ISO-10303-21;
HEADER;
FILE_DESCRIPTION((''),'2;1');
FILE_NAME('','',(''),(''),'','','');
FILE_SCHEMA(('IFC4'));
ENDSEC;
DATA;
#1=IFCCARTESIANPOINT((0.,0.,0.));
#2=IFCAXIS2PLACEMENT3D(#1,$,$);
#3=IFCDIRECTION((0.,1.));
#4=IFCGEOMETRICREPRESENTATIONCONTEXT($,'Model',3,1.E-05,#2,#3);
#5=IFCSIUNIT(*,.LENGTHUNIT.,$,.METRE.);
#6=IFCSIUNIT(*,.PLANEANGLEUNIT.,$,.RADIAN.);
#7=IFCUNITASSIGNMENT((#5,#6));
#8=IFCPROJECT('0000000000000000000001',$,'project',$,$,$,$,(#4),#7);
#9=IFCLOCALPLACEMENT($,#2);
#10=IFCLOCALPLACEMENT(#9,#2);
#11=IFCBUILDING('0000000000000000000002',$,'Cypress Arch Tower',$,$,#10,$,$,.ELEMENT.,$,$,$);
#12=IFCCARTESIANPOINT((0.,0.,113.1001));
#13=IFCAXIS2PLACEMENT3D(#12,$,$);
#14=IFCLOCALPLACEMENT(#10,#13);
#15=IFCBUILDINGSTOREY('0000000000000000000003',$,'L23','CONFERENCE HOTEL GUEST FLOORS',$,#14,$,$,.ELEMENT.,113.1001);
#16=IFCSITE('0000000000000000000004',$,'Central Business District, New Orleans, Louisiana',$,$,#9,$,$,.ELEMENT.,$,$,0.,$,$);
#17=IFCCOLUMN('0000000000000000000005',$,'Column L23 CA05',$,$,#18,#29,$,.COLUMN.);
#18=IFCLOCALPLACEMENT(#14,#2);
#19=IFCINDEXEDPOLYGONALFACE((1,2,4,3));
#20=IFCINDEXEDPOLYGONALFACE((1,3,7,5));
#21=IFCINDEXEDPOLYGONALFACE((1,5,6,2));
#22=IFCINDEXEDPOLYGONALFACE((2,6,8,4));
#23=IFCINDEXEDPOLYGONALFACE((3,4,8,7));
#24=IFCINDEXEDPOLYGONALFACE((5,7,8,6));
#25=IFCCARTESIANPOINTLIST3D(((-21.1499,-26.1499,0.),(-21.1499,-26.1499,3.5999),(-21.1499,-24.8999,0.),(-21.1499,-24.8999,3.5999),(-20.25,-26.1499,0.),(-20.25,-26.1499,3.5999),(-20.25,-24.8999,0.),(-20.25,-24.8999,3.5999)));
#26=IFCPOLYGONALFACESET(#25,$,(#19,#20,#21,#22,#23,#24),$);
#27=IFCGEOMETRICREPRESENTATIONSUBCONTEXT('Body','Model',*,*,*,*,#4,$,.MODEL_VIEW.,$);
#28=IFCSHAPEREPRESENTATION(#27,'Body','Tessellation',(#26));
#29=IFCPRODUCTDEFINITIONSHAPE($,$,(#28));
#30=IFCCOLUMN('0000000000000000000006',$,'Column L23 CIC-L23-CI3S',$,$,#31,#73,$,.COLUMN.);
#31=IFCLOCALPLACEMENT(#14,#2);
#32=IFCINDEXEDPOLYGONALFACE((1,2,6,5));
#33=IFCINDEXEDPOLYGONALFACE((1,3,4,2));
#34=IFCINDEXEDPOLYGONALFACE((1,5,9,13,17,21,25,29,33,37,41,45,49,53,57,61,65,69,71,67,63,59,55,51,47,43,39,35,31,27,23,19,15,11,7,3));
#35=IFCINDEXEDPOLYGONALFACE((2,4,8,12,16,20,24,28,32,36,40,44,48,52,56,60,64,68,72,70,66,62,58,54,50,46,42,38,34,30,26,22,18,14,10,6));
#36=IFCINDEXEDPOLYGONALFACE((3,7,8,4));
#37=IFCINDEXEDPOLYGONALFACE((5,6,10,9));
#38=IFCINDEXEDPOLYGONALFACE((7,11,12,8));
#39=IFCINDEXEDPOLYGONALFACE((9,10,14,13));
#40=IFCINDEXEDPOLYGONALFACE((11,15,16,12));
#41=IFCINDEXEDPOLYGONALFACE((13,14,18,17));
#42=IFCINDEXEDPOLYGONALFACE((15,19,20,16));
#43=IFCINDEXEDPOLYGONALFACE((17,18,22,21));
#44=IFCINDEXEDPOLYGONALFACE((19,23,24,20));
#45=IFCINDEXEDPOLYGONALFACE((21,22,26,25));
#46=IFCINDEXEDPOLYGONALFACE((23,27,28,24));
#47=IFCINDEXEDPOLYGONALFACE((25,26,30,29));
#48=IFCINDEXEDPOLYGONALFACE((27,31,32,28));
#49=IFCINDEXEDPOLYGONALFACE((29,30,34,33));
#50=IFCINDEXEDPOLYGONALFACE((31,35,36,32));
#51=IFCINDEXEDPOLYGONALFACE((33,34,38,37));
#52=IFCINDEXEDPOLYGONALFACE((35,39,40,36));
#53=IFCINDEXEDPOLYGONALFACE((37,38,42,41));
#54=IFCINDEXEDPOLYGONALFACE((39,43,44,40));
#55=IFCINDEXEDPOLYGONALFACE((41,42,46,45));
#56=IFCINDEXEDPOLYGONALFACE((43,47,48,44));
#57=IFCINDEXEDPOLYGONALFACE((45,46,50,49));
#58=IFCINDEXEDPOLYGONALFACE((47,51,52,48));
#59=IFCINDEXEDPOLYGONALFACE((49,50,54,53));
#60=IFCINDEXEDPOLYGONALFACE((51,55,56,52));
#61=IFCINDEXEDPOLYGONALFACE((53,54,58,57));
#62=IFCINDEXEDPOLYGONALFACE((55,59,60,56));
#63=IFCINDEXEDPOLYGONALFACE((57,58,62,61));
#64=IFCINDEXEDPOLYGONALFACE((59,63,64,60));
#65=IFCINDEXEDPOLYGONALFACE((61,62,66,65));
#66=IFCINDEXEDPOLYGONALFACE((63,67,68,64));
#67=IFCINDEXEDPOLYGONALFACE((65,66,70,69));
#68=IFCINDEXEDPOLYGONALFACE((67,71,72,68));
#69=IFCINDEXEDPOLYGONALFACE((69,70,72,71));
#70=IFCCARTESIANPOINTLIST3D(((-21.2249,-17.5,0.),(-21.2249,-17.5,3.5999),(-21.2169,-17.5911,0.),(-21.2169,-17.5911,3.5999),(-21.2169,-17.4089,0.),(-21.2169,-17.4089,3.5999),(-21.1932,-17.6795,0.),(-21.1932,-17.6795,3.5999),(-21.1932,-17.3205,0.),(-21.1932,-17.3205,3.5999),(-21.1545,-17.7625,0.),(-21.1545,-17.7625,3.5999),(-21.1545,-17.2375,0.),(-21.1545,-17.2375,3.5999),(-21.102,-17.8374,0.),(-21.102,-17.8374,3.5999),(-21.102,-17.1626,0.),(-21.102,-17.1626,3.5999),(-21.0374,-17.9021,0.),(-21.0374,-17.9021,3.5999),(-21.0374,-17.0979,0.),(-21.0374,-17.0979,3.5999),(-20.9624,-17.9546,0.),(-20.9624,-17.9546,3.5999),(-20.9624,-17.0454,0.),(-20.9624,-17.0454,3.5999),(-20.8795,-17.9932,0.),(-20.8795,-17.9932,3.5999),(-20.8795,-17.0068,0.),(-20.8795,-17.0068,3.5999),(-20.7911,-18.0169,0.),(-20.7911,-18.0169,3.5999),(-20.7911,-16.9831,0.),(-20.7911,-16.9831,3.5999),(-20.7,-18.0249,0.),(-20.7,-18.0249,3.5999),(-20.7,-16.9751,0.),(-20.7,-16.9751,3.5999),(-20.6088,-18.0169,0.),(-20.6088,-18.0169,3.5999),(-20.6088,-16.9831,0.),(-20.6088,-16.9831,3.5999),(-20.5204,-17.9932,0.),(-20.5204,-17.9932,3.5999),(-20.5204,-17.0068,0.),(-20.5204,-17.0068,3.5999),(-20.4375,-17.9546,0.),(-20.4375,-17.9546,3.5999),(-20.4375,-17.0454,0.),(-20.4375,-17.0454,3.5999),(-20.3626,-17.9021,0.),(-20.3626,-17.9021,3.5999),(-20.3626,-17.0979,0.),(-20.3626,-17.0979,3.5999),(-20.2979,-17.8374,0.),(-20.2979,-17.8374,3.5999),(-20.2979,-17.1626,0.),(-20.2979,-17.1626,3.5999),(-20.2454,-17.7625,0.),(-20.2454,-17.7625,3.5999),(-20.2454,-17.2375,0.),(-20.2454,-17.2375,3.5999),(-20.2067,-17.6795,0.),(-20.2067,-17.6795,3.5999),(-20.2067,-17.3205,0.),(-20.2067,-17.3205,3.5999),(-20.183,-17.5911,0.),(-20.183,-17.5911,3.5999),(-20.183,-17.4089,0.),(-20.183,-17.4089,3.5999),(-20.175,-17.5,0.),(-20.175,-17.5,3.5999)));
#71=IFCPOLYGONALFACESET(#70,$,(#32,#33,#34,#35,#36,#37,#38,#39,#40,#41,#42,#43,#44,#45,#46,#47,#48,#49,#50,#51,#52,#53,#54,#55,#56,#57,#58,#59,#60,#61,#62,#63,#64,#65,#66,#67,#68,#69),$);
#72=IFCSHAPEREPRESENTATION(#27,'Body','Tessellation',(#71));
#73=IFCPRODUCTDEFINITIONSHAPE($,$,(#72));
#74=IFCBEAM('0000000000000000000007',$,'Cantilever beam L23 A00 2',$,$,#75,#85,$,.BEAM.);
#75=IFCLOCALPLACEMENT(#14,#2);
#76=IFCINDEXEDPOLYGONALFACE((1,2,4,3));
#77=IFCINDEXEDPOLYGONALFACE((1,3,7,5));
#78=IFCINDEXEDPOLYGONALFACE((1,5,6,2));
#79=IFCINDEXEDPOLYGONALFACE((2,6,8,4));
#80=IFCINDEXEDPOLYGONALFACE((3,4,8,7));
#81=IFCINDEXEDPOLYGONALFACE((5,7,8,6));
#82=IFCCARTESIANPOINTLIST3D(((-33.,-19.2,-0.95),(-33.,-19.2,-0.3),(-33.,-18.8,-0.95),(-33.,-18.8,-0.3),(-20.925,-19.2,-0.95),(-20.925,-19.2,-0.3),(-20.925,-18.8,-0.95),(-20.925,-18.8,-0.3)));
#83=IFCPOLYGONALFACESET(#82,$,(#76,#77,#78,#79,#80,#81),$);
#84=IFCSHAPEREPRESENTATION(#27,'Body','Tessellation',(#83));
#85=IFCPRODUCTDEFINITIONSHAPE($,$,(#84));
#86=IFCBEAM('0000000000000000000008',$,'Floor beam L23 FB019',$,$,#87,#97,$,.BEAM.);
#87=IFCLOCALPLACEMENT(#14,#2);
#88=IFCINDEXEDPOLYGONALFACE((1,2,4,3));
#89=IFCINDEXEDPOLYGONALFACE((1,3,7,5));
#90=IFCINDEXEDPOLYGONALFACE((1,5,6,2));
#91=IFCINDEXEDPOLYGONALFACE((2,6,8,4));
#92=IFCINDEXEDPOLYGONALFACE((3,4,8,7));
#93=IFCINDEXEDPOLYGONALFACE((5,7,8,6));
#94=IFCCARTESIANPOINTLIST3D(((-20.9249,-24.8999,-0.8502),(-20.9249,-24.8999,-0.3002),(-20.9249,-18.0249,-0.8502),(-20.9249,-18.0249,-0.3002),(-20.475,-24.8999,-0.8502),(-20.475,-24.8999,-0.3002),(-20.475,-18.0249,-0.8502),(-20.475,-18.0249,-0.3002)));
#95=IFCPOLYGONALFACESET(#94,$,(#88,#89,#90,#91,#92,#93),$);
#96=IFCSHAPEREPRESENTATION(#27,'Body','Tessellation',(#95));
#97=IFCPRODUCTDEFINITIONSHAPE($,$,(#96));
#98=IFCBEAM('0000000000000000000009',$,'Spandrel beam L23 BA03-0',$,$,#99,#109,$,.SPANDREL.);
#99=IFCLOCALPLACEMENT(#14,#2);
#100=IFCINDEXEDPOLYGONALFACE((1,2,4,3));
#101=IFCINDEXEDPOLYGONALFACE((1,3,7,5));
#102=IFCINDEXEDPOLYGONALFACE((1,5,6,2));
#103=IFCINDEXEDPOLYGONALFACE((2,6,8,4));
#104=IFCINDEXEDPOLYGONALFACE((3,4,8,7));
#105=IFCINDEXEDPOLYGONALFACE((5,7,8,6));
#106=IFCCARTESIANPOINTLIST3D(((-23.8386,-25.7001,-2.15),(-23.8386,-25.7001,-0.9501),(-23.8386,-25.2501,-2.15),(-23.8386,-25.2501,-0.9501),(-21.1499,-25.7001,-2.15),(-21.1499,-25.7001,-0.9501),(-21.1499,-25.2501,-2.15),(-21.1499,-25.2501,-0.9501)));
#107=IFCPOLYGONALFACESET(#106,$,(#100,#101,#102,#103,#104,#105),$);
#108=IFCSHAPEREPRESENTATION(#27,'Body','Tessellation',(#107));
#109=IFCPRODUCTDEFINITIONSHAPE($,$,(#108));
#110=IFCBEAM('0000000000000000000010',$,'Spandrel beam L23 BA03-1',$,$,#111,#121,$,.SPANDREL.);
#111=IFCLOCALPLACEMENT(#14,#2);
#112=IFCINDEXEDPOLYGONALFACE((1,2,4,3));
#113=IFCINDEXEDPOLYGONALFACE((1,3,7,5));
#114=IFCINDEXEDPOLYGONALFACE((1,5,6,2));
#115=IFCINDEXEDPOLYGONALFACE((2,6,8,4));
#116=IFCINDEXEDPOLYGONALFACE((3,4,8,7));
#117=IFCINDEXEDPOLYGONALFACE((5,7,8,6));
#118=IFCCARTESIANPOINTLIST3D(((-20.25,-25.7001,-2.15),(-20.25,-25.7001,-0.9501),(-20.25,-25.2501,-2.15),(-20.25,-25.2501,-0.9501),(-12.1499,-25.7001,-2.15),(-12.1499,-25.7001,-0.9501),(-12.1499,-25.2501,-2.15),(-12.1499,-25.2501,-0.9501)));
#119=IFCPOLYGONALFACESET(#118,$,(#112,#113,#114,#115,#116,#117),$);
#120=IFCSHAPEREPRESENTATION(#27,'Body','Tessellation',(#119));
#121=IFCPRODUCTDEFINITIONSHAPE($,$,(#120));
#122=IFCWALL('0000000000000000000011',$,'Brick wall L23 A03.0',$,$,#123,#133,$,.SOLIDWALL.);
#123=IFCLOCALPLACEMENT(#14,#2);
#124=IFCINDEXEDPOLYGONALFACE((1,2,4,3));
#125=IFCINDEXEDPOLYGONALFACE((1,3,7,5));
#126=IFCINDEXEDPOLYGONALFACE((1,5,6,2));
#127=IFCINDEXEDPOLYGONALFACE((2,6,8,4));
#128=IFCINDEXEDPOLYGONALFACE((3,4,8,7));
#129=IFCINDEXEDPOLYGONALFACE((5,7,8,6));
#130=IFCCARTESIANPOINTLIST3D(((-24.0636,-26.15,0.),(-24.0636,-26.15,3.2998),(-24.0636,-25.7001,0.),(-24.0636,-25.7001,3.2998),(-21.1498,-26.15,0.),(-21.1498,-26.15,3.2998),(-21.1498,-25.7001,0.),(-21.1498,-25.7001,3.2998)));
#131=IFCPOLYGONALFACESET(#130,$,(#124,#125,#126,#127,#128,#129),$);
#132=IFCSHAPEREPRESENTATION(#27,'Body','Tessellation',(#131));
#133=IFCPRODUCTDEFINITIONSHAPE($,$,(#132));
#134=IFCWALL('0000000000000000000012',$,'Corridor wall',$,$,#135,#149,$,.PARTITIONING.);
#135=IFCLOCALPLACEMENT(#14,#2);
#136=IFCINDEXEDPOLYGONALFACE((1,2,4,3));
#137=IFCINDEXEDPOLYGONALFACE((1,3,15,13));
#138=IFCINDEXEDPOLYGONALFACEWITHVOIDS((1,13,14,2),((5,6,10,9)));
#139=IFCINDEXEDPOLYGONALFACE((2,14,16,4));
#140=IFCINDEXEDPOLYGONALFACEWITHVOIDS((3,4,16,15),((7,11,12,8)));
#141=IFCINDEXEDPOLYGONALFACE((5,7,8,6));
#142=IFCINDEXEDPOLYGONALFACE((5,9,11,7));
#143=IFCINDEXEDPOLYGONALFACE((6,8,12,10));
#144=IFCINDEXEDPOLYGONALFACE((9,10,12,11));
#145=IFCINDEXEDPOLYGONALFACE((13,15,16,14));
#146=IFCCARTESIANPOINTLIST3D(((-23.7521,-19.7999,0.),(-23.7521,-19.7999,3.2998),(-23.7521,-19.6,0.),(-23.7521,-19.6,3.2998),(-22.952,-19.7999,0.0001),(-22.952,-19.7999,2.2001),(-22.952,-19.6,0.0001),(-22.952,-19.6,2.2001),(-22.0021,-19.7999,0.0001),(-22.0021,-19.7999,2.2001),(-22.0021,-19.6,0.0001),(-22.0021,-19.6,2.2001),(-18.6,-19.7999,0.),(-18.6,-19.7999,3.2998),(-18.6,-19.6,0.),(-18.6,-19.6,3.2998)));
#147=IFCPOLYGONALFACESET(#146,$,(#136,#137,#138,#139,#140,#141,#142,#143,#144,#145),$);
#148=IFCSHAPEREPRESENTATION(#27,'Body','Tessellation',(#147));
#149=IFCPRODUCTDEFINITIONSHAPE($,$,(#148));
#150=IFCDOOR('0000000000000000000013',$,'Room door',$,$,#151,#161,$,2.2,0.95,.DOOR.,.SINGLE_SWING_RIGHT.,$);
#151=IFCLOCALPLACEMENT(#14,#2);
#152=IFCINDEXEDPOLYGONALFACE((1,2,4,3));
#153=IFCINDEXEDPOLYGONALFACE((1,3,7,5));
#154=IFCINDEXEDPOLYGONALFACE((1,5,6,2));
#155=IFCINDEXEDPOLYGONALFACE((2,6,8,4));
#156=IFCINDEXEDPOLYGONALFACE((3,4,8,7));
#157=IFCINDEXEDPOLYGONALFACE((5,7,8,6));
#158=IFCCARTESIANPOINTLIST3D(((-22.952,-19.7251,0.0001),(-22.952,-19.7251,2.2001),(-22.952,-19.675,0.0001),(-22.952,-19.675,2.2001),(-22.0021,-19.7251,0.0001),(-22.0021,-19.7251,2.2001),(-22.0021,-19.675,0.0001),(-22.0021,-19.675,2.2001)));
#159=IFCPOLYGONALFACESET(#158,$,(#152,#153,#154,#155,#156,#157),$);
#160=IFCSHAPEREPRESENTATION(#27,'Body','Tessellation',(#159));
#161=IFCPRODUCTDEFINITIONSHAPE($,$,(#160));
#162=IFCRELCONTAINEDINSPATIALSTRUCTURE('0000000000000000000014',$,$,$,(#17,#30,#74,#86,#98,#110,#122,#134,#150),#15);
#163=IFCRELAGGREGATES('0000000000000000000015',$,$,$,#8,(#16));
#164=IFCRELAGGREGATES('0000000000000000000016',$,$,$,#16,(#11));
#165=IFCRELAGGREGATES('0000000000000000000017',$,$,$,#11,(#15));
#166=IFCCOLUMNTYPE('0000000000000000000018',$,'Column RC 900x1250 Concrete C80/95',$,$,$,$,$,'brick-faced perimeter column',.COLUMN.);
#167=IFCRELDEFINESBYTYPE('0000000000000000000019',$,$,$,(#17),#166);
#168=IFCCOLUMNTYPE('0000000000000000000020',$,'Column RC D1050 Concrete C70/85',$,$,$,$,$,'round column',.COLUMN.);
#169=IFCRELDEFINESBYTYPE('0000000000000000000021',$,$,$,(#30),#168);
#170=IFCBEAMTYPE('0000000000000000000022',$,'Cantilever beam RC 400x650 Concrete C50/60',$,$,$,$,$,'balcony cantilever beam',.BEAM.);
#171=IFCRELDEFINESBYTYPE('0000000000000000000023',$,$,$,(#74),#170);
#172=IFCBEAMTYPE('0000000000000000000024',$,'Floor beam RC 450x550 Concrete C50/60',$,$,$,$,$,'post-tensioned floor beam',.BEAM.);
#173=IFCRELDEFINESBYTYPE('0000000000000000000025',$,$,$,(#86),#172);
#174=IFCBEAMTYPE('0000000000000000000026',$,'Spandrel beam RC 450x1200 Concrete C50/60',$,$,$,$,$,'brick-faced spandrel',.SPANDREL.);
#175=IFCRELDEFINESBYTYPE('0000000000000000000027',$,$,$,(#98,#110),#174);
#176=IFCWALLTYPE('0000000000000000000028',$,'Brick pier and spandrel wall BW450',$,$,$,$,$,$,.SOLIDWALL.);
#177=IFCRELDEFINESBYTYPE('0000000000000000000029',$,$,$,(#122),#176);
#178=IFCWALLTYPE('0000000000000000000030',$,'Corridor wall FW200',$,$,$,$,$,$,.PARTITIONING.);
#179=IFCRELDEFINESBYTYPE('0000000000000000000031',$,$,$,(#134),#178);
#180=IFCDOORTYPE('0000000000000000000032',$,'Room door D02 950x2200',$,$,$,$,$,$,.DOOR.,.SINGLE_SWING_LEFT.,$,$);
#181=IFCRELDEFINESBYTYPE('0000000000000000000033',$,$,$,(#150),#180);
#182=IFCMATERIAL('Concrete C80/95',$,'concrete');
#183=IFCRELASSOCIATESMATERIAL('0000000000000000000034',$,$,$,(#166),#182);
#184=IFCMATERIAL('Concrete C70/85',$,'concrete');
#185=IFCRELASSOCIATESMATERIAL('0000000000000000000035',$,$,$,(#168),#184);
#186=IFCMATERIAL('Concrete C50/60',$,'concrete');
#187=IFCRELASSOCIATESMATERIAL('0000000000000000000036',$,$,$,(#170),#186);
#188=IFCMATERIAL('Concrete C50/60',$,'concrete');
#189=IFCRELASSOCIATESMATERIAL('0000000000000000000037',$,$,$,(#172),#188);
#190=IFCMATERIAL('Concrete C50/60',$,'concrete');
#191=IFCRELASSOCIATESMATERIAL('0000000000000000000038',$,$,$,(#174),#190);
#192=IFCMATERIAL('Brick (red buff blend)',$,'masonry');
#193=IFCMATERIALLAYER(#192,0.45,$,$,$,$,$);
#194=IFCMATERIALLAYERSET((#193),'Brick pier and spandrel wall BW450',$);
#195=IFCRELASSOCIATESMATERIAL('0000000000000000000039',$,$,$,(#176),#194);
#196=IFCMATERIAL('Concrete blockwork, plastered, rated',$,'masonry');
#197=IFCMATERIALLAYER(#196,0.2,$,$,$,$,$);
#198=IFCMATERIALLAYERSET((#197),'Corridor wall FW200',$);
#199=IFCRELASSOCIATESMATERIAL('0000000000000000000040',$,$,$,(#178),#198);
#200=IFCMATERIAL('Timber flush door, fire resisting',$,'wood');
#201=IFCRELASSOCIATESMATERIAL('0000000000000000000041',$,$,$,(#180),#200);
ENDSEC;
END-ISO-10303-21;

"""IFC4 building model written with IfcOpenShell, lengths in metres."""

from ifc_helpers import new_model, si_unit, direction, frame, frame_2d, origin, origin_2d, place, context, subcontext, project, spatial, rectangle, circle, extrude, material, layer, layer_set, material_profile, profile_set, type_object, element, fill, save


model = new_model("IFC4")

# Units and contexts
model_context = context("Model", 3, precision=1e-05, world=origin(), true_north=direction((0.0, 1.0)))
body_context = subcontext(model_context, "Body", "Model", "MODEL_VIEW")
ifc_project = project(units=[si_unit("LENGTHUNIT", "METRE"), si_unit("PLANEANGLEUNIT", "RADIAN")], contexts=[model_context])

# Site, building, storey
site_placement = place(None, origin())
site = spatial("IfcSite", under=ifc_project, at=site_placement, Name="Central Business District, New Orleans, Louisiana", CompositionType="ELEMENT", RefElevation=0.0)
building_placement = place(site_placement, origin())
building = spatial("IfcBuilding", under=site, at=building_placement, Name="Cypress Arch Tower", CompositionType="ELEMENT")
storey_placement = place(building_placement, frame((0.0, 0.0, 113.1001)))
storey = spatial("IfcBuildingStorey", under=building, at=storey_placement, Name="L23", Description="CONFERENCE HOTEL GUEST FLOORS", CompositionType="ELEMENT", Elevation=113.1001)

# Columns
ifc_material_1 = material(Name="Concrete C80/95", Category="concrete")
ifc_material_profile_1 = material_profile(ifc_material_1, rectangle(XDim=0.8999, YDim=1.25, at=origin_2d()), Name="RC 900x1250")
ifc_profile_set_1 = profile_set([ifc_material_profile_1], Name="Concrete C80/95")
column_type_1 = type_object("IfcColumnType", Name="Column RC 900x1250 Concrete C80/95", ElementType="brick-faced perimeter column", PredefinedType="COLUMN", material=ifc_profile_set_1)
column_1_placement = place(storey_placement, frame((-20.7, -25.5249, 0.0), z_axis=(0.0, 0.0, 1.0), x_axis=(1.0, 0.0, 0.0)))
element("IfcColumn", 1, at=column_1_placement, inside=storey, type_object=column_type_1, Name="Column L23 CA05", PredefinedType="COLUMN", context=body_context, shape_type="SweptSolid", body=[
    extrude(rectangle(XDim=0.8999, YDim=1.25, at=origin_2d()), origin(), (0.0, 0.0, 1.0), 3.5999),
])
ifc_material_2 = material(Name="Concrete C70/85", Category="concrete")
ifc_material_profile_2 = material_profile(ifc_material_2, circle(Radius=0.5249, at=origin_2d()), Name="RC D1050")
ifc_profile_set_2 = profile_set([ifc_material_profile_2], Name="Concrete C70/85")
column_type_2 = type_object("IfcColumnType", Name="Column RC D1050 Concrete C70/85", ElementType="round column", PredefinedType="COLUMN", material=ifc_profile_set_2)
column_2_placement = place(storey_placement, frame((-20.7, -17.5, 0.0), z_axis=(0.0, 0.0, 1.0), x_axis=(1.0, 0.0, 0.0)))
element("IfcColumn", 2, at=column_2_placement, inside=storey, type_object=column_type_2, Name="Column L23 CIC-L23-CI3S", PredefinedType="COLUMN", context=body_context, shape_type="SweptSolid", body=[
    extrude(circle(Radius=0.5249, at=origin_2d()), origin(), (0.0, 0.0, 1.0), 3.5999),
])

# Beams
ifc_material_3 = material(Name="Concrete C50/60", Category="concrete")
ifc_material_profile_3 = material_profile(ifc_material_3, rectangle(XDim=0.3999, YDim=0.6499, at=origin_2d()), Name="RC 400x650")
ifc_profile_set_3 = profile_set([ifc_material_profile_3], Name="Concrete C50/60")
beam_type_1 = type_object("IfcBeamType", Name="Cantilever beam RC 400x650 Concrete C50/60", ElementType="balcony cantilever beam", PredefinedType="BEAM", material=ifc_profile_set_3)
beam_1_placement = place(storey_placement, frame((-20.925, -19.0, -0.625), z_axis=(-1.0, 0.0, 0.0), x_axis=(0.0, -1.0, 0.0)))
element("IfcBeam", 3, at=beam_1_placement, inside=storey, type_object=beam_type_1, Name="Cantilever beam L23 A00 2", PredefinedType="BEAM", context=body_context, shape_type="SweptSolid", body=[
    extrude(rectangle(XDim=0.3999, YDim=0.6499, at=origin_2d()), origin(), (0.0, 0.0, 1.0), 12.075),
])
ifc_material_4 = material(Name="Concrete C50/60", Category="concrete")
ifc_material_profile_4 = material_profile(ifc_material_4, rectangle(XDim=0.45, YDim=0.55, at=origin_2d()), Name="RC 450x550")
ifc_profile_set_4 = profile_set([ifc_material_profile_4], Name="Concrete C50/60")
beam_type_2 = type_object("IfcBeamType", Name="Floor beam RC 450x550 Concrete C50/60", ElementType="post-tensioned floor beam", PredefinedType="BEAM", material=ifc_profile_set_4)
beam_2_placement = place(storey_placement, frame((-20.7, -24.8999, -0.5752), z_axis=(0.0, 1.0, 0.0), x_axis=(-1.0, 0.0, 0.0)))
element("IfcBeam", 4, at=beam_2_placement, inside=storey, type_object=beam_type_2, Name="Floor beam L23 FB019", PredefinedType="BEAM", context=body_context, shape_type="SweptSolid", body=[
    extrude(rectangle(XDim=0.45, YDim=0.55, at=origin_2d()), origin(), (0.0, 0.0, 1.0), 6.875),
])
ifc_material_5 = material(Name="Concrete C50/60", Category="concrete")
ifc_material_profile_5 = material_profile(ifc_material_5, rectangle(XDim=0.45, YDim=1.2, at=origin_2d()), Name="RC 450x1200")
ifc_profile_set_5 = profile_set([ifc_material_profile_5], Name="Concrete C50/60")
beam_type_3 = type_object("IfcBeamType", Name="Spandrel beam RC 450x1200 Concrete C50/60", ElementType="brick-faced spandrel", PredefinedType="SPANDREL", material=ifc_profile_set_5)
beam_3_placement = place(storey_placement, frame((-23.8386, -25.4751, -1.55), z_axis=(1.0, 0.0, 0.0), x_axis=(0.0, 1.0, 0.0)))
element("IfcBeam", 5, at=beam_3_placement, inside=storey, type_object=beam_type_3, Name="Spandrel beam L23 BA03-0", PredefinedType="SPANDREL", context=body_context, shape_type="SweptSolid", body=[
    extrude(rectangle(XDim=0.45, YDim=1.2, at=origin_2d()), origin(), (0.0, 0.0, 1.0), 2.6887),
])
beam_4_placement = place(storey_placement, frame((-20.25, -25.4751, -1.55), z_axis=(1.0, 0.0, 0.0), x_axis=(0.0, 1.0, 0.0)))
element("IfcBeam", 6, at=beam_4_placement, inside=storey, type_object=beam_type_3, Name="Spandrel beam L23 BA03-1", PredefinedType="SPANDREL", context=body_context, shape_type="SweptSolid", body=[
    extrude(rectangle(XDim=0.45, YDim=1.2, at=origin_2d()), origin(), (0.0, 0.0, 1.0), 8.1001),
])

# Wall
ifc_material_6 = material(Name="Brick (red buff blend)", Category="masonry")
ifc_layer_1 = layer(ifc_material_6, 0.45)
ifc_layer_set_1 = layer_set([ifc_layer_1], Name="Brick pier and spandrel wall BW450")
wall_type_1 = type_object("IfcWallType", Name="Brick pier and spandrel wall BW450", PredefinedType="SOLIDWALL", material=ifc_layer_set_1)
wall_1_placement = place(storey_placement, frame((-24.0637, -25.925, 0.0), z_axis=(0.0, 0.0, 1.0), x_axis=(1.0, 0.0, 0.0)))
element("IfcWall", 7, at=wall_1_placement, inside=storey, type_object=wall_type_1, Name="Brick wall L23 A03.0", PredefinedType="SOLIDWALL", context=body_context, shape_type="SweptSolid", body=[
    extrude(rectangle(XDim=2.9138, YDim=0.45, at=frame_2d((1.457, 0.0))), origin(), (0.0, 0.0, 1.0), 3.2998),
])

# Wall, opening, door
ifc_material_7 = material(Name="Concrete blockwork, plastered, rated", Category="masonry")
ifc_layer_2 = layer(ifc_material_7, 0.2)
ifc_layer_set_2 = layer_set([ifc_layer_2], Name="Corridor wall FW200")
wall_type_2 = type_object("IfcWallType", Name="Corridor wall FW200", PredefinedType="PARTITIONING", material=ifc_layer_set_2)
wall_2_placement = place(storey_placement, frame((-23.7522, -19.7, 0.0), z_axis=(0.0, 0.0, 1.0), x_axis=(1.0, 0.0, 0.0)))
wall_2 = element("IfcWall", 8, at=wall_2_placement, inside=storey, type_object=wall_type_2, Name="Corridor wall", PredefinedType="PARTITIONING", context=body_context, shape_type="SweptSolid", body=[
    extrude(rectangle(XDim=5.1521, YDim=0.2, at=frame_2d((2.5762, 0.0))), origin(), (0.0, 0.0, 1.0), 3.2998),
])
opening_1_placement = place(wall_2_placement, frame((0.8, 0.0, 0.0)))
opening_1 = element("IfcOpeningElement", 9, at=opening_1_placement, cuts=wall_2, PredefinedType="OPENING", context=body_context, shape_type="SweptSolid", body=[
    extrude(rectangle(XDim=0.95, YDim=2.2, at=frame_2d((0.4751, 1.1001))), frame((0.0, 0.1099, 0.0), z_axis=(0.0, -1.0, 0.0), x_axis=(1.0, 0.0, 0.0)), (0.0, 0.0, 1.0), 0.22),
])
ifc_material_8 = material(Name="Timber flush door, fire resisting", Category="wood")
door_type_1 = type_object("IfcDoorType", Name="Room door D02 950x2200", OperationType="SINGLE_SWING_LEFT", PredefinedType="DOOR", material=ifc_material_8)
door_1_placement = place(opening_1_placement, origin())
door_1 = element("IfcDoor", 10, at=door_1_placement, inside=storey, type_object=door_type_1, Name="Room door", OperationType="SINGLE_SWING_RIGHT", OverallHeight=2.2, OverallWidth=0.95, PredefinedType="DOOR", context=body_context, shape_type="SweptSolid", body=[
    extrude(rectangle(XDim=0.95, YDim=2.2, at=frame_2d((0.4751, 1.1001))), frame((0.0, 0.0249, 0.0), z_axis=(0.0, -1.0, 0.0), x_axis=(1.0, 0.0, 0.0)), (0.0, 0.0, 1.0), 0.05),
])
fill(opening_1, door_1)

save(model, "model.ifc")
